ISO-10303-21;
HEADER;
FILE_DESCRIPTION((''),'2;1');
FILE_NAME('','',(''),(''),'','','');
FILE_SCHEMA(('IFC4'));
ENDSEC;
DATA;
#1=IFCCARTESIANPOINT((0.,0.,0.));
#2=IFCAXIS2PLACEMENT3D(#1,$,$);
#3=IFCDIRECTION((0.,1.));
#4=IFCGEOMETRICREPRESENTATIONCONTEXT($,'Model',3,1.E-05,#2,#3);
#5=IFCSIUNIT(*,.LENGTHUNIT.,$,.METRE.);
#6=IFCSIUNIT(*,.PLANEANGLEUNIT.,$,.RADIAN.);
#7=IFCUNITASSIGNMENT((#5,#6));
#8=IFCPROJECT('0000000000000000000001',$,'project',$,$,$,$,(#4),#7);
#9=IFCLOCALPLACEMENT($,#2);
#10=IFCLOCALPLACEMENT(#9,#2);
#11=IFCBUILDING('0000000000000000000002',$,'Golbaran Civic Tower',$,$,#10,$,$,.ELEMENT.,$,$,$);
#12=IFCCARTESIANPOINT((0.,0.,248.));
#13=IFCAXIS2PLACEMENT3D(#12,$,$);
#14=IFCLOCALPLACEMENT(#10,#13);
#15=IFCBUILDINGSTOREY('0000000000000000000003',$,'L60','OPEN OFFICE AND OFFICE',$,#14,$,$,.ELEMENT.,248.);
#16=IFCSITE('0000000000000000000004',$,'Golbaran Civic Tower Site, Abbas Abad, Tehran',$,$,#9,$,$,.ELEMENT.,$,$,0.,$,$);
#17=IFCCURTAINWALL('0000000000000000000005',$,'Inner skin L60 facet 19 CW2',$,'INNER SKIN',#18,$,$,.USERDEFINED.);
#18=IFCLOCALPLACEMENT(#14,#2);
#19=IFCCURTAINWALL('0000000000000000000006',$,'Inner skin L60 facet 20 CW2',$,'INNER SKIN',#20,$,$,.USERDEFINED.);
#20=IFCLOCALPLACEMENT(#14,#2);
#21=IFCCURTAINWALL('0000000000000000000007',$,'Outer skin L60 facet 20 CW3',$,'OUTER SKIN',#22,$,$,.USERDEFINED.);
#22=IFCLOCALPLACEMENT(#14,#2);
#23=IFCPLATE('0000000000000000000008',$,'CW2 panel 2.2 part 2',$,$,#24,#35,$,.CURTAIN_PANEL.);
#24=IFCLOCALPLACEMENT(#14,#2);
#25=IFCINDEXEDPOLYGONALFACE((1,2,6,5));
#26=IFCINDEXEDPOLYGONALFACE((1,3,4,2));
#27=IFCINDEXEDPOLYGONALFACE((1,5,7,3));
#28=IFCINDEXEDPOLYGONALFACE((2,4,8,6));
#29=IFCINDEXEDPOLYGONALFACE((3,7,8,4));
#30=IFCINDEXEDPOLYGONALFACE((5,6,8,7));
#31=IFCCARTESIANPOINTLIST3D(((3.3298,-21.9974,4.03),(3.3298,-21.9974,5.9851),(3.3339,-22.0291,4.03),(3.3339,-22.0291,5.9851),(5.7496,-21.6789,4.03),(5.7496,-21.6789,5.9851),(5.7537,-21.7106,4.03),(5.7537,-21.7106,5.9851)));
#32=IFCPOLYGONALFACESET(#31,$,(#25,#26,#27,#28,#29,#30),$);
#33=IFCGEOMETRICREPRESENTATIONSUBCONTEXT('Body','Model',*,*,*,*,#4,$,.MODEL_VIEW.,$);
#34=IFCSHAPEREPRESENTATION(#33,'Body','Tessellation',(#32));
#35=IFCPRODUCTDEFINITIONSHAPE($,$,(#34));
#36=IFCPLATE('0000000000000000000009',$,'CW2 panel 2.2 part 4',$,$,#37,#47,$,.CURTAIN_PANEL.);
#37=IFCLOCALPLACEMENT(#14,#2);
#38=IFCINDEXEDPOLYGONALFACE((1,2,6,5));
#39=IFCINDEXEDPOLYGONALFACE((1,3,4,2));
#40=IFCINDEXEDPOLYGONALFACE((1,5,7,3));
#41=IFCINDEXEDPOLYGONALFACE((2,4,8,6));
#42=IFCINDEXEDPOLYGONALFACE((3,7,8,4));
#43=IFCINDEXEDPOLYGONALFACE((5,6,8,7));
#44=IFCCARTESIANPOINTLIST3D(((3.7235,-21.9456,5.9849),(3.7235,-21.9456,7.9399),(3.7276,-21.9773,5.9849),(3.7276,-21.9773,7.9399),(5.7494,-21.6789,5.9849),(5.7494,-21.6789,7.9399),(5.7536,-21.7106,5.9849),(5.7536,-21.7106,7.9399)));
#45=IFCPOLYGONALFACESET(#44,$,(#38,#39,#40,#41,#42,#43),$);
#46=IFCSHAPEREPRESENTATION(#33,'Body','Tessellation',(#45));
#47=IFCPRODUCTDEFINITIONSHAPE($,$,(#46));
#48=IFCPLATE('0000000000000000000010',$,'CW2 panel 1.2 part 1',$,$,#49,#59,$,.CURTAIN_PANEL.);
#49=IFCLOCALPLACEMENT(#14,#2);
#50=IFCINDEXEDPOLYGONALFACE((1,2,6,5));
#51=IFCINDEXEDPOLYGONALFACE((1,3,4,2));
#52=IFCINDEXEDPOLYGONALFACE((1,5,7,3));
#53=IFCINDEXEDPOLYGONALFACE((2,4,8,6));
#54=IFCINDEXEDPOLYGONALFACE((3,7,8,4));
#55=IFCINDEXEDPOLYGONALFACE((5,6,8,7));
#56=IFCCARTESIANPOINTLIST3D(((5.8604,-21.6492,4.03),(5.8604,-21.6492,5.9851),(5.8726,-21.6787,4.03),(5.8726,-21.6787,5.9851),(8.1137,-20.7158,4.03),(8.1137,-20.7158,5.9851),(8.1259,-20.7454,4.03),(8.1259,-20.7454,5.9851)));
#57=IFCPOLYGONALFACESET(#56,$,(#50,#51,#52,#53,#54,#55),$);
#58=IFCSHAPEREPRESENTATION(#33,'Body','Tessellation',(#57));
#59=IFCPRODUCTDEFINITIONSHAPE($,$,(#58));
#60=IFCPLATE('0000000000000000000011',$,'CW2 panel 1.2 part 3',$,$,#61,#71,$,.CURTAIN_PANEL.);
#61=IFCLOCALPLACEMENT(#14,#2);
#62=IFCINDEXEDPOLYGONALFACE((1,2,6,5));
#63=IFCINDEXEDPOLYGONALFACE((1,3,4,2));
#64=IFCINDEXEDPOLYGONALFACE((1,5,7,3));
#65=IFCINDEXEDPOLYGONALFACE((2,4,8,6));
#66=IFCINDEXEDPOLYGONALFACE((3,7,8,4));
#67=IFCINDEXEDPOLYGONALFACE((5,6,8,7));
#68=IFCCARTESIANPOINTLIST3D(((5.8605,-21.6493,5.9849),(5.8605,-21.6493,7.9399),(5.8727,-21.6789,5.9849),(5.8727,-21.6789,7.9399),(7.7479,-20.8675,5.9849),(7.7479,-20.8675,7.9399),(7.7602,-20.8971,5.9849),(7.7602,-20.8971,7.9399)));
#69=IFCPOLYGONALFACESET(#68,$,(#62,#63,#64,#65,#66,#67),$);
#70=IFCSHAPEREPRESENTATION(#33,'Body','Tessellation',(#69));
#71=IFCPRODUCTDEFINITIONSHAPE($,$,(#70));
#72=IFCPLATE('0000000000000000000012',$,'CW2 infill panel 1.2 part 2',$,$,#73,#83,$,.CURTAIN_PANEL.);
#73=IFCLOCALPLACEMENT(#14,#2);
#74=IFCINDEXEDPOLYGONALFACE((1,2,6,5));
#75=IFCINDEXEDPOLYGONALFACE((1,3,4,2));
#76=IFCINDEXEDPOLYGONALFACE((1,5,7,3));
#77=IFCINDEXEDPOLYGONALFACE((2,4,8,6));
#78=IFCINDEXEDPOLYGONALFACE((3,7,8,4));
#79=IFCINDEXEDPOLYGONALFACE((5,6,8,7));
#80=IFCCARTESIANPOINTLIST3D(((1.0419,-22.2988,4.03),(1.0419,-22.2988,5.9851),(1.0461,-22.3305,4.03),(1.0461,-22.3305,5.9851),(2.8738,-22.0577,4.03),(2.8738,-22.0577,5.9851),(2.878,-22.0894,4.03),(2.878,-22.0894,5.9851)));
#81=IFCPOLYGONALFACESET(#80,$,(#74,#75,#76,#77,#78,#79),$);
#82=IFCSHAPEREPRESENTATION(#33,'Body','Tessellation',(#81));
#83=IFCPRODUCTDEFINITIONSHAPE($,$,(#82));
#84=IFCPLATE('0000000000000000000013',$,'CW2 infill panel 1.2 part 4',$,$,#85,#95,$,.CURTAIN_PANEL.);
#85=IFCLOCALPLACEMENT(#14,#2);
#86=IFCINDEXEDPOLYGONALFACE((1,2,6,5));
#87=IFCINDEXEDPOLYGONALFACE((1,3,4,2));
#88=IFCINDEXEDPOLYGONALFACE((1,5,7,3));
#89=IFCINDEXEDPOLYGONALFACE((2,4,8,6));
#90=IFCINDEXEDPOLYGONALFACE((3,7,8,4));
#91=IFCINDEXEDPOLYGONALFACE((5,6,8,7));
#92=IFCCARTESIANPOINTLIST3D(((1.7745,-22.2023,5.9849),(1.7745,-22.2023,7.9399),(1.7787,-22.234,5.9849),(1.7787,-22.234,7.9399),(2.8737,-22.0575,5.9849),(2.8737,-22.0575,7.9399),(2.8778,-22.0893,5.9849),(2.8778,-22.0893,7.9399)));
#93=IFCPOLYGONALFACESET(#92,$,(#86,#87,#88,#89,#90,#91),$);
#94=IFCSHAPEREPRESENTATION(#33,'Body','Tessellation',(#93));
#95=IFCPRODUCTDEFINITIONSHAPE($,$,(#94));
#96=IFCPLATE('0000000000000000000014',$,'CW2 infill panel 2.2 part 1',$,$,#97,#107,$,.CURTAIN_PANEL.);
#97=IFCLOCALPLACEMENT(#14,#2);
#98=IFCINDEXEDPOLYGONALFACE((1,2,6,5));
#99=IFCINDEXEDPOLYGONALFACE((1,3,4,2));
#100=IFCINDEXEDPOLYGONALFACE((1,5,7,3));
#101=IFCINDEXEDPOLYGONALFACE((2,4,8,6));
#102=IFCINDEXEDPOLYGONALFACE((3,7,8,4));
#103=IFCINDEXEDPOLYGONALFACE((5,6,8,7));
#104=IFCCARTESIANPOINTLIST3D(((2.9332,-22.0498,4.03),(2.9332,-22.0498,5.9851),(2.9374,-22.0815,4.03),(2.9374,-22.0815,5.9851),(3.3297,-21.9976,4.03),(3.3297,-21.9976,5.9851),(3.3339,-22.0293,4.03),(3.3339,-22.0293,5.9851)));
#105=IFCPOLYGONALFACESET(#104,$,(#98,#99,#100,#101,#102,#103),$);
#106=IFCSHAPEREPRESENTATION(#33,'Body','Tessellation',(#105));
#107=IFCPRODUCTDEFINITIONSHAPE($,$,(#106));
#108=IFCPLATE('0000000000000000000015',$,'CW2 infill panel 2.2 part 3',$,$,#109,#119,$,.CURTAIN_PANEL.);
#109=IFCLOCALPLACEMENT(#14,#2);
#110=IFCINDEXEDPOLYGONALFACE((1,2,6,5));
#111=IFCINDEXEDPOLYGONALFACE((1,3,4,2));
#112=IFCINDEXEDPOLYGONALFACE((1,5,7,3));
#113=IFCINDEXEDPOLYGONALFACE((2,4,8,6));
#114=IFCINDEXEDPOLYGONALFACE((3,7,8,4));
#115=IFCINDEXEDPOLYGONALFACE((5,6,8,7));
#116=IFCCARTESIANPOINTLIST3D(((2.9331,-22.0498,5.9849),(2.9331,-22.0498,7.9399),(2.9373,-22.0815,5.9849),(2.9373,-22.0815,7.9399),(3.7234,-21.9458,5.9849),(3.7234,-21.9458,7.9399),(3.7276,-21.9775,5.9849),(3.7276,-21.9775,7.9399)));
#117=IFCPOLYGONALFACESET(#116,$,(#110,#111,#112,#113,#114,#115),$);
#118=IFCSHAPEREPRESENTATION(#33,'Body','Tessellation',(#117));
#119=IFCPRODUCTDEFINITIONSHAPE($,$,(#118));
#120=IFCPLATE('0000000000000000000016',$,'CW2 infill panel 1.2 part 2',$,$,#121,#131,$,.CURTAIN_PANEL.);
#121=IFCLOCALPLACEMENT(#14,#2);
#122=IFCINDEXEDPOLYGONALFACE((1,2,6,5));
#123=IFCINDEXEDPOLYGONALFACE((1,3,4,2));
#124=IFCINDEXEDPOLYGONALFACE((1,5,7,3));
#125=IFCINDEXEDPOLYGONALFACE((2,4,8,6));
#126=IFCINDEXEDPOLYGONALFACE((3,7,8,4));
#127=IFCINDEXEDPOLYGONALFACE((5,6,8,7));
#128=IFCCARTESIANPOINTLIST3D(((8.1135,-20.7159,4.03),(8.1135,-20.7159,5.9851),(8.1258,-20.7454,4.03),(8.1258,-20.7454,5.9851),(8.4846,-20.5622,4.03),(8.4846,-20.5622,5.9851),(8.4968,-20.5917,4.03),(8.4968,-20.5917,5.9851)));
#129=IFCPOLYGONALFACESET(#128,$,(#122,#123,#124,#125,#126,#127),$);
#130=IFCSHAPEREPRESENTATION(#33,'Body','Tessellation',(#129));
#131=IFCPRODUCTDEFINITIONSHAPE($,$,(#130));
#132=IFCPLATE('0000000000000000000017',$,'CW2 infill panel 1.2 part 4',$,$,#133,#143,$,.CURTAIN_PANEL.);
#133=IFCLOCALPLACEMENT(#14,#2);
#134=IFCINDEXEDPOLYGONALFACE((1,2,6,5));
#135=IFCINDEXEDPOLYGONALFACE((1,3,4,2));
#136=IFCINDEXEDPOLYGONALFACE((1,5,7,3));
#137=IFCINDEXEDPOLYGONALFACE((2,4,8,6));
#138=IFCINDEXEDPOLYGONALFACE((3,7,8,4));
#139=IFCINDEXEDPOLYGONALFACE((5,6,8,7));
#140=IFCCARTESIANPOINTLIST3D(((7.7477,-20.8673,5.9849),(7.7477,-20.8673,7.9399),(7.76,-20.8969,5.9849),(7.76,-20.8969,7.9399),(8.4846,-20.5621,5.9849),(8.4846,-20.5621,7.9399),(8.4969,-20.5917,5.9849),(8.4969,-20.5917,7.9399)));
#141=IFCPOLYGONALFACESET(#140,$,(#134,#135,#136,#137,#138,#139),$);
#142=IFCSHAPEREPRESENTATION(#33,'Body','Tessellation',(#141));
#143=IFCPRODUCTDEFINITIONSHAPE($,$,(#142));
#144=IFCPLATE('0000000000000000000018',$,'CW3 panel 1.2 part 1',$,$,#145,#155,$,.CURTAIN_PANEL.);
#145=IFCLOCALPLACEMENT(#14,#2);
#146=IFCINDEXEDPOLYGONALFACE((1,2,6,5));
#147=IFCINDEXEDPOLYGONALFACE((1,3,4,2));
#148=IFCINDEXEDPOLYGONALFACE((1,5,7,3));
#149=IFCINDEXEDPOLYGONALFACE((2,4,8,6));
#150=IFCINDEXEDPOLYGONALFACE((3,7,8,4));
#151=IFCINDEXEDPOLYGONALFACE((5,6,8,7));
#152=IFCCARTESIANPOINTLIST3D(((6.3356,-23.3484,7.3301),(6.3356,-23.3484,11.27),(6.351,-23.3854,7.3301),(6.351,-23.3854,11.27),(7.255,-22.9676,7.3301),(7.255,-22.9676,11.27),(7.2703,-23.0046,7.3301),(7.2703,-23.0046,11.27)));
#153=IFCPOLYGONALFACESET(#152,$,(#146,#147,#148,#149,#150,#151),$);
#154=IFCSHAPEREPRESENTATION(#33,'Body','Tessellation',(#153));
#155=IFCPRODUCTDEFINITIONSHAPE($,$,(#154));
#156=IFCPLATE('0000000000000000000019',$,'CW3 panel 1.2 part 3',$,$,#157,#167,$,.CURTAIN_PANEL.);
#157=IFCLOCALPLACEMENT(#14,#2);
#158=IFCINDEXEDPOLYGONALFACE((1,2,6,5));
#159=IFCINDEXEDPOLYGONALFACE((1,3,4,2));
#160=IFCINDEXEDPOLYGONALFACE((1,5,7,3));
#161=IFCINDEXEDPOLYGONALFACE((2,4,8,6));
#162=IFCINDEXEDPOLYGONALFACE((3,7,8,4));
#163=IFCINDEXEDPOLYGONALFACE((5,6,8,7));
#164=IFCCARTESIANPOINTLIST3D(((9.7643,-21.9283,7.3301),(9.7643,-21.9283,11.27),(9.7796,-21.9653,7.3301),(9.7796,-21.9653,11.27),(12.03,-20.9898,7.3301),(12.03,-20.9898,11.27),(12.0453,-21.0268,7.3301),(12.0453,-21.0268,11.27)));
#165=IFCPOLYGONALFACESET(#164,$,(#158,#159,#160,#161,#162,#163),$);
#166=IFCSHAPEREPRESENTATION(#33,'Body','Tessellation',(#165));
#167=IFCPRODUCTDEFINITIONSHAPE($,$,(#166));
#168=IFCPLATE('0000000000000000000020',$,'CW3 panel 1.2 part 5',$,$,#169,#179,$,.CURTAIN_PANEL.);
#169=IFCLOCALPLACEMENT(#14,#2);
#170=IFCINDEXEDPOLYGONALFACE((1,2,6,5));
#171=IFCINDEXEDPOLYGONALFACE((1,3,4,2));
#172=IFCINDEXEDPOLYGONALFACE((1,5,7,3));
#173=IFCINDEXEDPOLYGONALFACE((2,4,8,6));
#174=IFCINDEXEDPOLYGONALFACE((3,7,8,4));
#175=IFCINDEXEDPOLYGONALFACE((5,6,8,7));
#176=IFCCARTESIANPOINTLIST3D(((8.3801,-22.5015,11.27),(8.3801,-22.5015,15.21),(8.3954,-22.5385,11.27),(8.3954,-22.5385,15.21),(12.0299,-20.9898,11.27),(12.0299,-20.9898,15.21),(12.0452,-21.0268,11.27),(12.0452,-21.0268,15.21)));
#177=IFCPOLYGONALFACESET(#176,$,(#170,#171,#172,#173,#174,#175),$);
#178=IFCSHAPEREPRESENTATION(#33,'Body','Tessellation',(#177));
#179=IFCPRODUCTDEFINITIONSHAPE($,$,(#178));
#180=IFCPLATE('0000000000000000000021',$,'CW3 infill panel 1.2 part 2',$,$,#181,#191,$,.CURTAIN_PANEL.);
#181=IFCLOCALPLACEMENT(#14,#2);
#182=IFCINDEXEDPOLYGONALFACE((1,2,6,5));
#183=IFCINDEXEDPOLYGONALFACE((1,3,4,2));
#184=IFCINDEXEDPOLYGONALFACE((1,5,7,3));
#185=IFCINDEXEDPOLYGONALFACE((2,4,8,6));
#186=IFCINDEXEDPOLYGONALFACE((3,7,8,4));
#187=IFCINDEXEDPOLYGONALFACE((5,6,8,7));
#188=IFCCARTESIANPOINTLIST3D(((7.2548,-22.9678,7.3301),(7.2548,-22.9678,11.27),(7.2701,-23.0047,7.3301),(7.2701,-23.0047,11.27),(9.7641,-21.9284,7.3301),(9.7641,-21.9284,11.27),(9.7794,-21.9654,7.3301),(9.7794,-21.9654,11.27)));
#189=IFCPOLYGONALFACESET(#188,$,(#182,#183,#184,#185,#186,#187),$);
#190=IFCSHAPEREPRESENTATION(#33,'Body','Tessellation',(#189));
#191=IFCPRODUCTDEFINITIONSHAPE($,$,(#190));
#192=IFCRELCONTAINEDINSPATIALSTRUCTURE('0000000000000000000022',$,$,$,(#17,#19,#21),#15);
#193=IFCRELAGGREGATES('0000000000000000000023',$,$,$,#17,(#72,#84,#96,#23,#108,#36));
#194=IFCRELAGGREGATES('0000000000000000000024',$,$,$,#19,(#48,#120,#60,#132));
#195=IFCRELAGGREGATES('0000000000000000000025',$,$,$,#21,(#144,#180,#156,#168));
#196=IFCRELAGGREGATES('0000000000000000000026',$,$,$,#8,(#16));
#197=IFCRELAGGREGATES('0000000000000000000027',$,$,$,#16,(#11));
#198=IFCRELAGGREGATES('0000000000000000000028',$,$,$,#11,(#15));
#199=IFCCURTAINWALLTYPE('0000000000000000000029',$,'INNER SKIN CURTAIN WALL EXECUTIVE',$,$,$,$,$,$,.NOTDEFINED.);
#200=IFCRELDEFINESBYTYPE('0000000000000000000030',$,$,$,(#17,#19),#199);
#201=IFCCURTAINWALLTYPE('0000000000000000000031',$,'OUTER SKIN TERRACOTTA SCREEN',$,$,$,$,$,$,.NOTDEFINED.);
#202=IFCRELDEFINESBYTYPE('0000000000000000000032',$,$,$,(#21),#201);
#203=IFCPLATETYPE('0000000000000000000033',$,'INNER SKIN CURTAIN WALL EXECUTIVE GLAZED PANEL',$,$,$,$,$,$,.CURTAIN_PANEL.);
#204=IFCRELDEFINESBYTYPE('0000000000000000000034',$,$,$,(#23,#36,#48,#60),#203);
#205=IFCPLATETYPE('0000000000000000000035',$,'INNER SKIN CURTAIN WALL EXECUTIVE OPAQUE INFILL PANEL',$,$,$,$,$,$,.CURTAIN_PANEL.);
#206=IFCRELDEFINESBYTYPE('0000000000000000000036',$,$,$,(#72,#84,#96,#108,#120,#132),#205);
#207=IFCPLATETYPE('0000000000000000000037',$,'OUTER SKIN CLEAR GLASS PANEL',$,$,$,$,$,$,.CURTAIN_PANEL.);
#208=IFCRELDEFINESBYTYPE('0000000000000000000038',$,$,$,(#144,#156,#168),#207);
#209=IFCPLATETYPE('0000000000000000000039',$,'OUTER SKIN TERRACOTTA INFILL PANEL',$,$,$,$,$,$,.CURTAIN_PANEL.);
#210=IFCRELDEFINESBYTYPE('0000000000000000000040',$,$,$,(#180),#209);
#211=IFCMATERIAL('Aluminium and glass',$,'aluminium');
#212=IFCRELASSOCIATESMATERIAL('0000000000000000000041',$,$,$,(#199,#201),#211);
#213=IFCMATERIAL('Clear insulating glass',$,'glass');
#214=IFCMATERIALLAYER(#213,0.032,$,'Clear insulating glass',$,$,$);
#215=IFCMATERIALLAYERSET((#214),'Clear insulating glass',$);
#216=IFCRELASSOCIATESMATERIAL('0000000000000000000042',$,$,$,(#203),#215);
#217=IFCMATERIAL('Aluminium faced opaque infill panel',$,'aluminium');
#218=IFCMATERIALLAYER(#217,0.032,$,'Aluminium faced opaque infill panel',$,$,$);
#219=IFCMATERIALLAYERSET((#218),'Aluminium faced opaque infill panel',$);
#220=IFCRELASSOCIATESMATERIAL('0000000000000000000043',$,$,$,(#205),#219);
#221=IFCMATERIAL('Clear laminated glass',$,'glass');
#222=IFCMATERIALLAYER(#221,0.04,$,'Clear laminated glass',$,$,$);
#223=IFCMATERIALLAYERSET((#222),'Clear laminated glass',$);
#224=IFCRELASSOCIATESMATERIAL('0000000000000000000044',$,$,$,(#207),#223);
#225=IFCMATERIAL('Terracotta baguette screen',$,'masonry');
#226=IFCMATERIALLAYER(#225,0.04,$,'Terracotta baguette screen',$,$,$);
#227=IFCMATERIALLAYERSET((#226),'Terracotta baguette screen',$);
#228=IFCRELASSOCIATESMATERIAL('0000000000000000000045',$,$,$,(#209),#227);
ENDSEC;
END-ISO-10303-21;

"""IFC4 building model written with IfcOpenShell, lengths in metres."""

from ifc_helpers import new_model, si_unit, direction, frame, origin, origin_2d, place, context, subcontext, project, spatial, rectangle, extrude, material, layer, layer_set, type_object, element, aggregate, save


model = new_model("IFC4")

# Units and contexts
model_context = context("Model", 3, precision=1e-05, world=origin(), true_north=direction((0.0, 1.0)))
body_context = subcontext(model_context, "Body", "Model", "MODEL_VIEW")
ifc_project = project(units=[si_unit("LENGTHUNIT", "METRE"), si_unit("PLANEANGLEUNIT", "RADIAN")], contexts=[model_context])

# Site, building, storey
site_placement = place(None, origin())
site = spatial("IfcSite", under=ifc_project, at=site_placement, Name="Golbaran Civic Tower Site, Abbas Abad, Tehran", CompositionType="ELEMENT", RefElevation=0.0)
building_placement = place(site_placement, origin())
building = spatial("IfcBuilding", under=site, at=building_placement, Name="Golbaran Civic Tower", CompositionType="ELEMENT")
storey_placement = place(building_placement, frame((0.0, 0.0, 248.0)))
storey = spatial("IfcBuildingStorey", under=building, at=storey_placement, Name="L60", Description="OPEN OFFICE AND OFFICE", CompositionType="ELEMENT", Elevation=248.0)

# Curtain walls
ifc_material_1 = material(Name="Aluminium and glass", Category="aluminium")
curtain_wall_type_1 = type_object("IfcCurtainWallType", Name="INNER SKIN CURTAIN WALL EXECUTIVE", PredefinedType="NOTDEFINED", material=ifc_material_1)
curtain_wall_1_placement = place(storey_placement, origin())
curtain_wall_1 = element("IfcCurtainWall", 1, at=curtain_wall_1_placement, inside=storey, type_object=curtain_wall_type_1, Name="Inner skin L60 facet 19 CW2", ObjectType="INNER SKIN", PredefinedType="USERDEFINED")
curtain_wall_2_placement = place(storey_placement, origin())
curtain_wall_2 = element("IfcCurtainWall", 2, at=curtain_wall_2_placement, inside=storey, type_object=curtain_wall_type_1, Name="Inner skin L60 facet 20 CW2", ObjectType="INNER SKIN", PredefinedType="USERDEFINED")
curtain_wall_type_2 = type_object("IfcCurtainWallType", Name="OUTER SKIN TERRACOTTA SCREEN", PredefinedType="NOTDEFINED", material=ifc_material_1)
curtain_wall_3_placement = place(storey_placement, origin())
curtain_wall_3 = element("IfcCurtainWall", 3, at=curtain_wall_3_placement, inside=storey, type_object=curtain_wall_type_2, Name="Outer skin L60 facet 20 CW3", ObjectType="OUTER SKIN", PredefinedType="USERDEFINED")

# Plates
ifc_material_2 = material(Name="Clear insulating glass", Category="glass")
ifc_layer_1 = layer(ifc_material_2, 0.032, Name="Clear insulating glass")
ifc_layer_set_1 = layer_set([ifc_layer_1], Name="Clear insulating glass")
plate_type_1 = type_object("IfcPlateType", Name="INNER SKIN CURTAIN WALL EXECUTIVE GLAZED PANEL", PredefinedType="CURTAIN_PANEL", material=ifc_layer_set_1)
plate_1_placement = place(storey_placement, frame((4.5417, -21.854, 4.03), z_axis=(0.0, 0.0, 1.0), x_axis=(0.991445, 0.130526, 0.0)))
plate_1 = element("IfcPlate", 4, at=plate_1_placement, type_object=plate_type_1, Name="CW2 panel 2.2 part 2", PredefinedType="CURTAIN_PANEL", context=body_context, shape_type="SweptSolid", body=[
    extrude(rectangle(XDim=2.4407, YDim=0.032, at=origin_2d()), origin(), (0.0, 0.0, 1.0), 1.9551),
])
plate_2_placement = place(storey_placement, frame((4.7385, -21.8281, 5.9849), z_axis=(0.0, 0.0, 1.0), x_axis=(0.991445, 0.130526, 0.0)))
plate_2 = element("IfcPlate", 5, at=plate_2_placement, type_object=plate_type_1, Name="CW2 panel 2.2 part 4", PredefinedType="CURTAIN_PANEL", context=body_context, shape_type="SweptSolid", body=[
    extrude(rectangle(XDim=2.0435, YDim=0.032, at=origin_2d()), origin(), (0.0, 0.0, 1.0), 1.9551),
])
plate_3_placement = place(storey_placement, frame((6.9932, -21.1973, 4.03), z_axis=(0.0, 0.0, 1.0), x_axis=(0.92388, 0.382683, 0.0)))
plate_3 = element("IfcPlate", 6, at=plate_3_placement, type_object=plate_type_1, Name="CW2 panel 1.2 part 1", PredefinedType="CURTAIN_PANEL", context=body_context, shape_type="SweptSolid", body=[
    extrude(rectangle(XDim=2.439, YDim=0.032, at=origin_2d()), origin(), (0.0, 0.0, 1.0), 1.9551),
])
plate_4_placement = place(storey_placement, frame((6.8103, -21.2732, 5.9849), z_axis=(0.0, 0.0, 1.0), x_axis=(0.92388, 0.382683, 0.0)))
plate_4 = element("IfcPlate", 7, at=plate_4_placement, type_object=plate_type_1, Name="CW2 panel 1.2 part 3", PredefinedType="CURTAIN_PANEL", context=body_context, shape_type="SweptSolid", body=[
    extrude(rectangle(XDim=2.043, YDim=0.032, at=origin_2d()), origin(), (0.0, 0.0, 1.0), 1.9551),
])
ifc_material_3 = material(Name="Aluminium faced opaque infill panel", Category="aluminium")
ifc_layer_2 = layer(ifc_material_3, 0.032, Name="Aluminium faced opaque infill panel")
ifc_layer_set_2 = layer_set([ifc_layer_2], Name="Aluminium faced opaque infill panel")
plate_type_2 = type_object("IfcPlateType", Name="INNER SKIN CURTAIN WALL EXECUTIVE OPAQUE INFILL PANEL", PredefinedType="CURTAIN_PANEL", material=ifc_layer_set_2)
plate_5_placement = place(storey_placement, frame((1.96, -22.1941, 4.03), z_axis=(0.0, 0.0, 1.0), x_axis=(0.991445, 0.130526, 0.0)))
plate_5 = element("IfcPlate", 8, at=plate_5_placement, type_object=plate_type_2, Name="CW2 infill panel 1.2 part 2", PredefinedType="CURTAIN_PANEL", context=body_context, shape_type="SweptSolid", body=[
    extrude(rectangle(XDim=1.8477, YDim=0.032, at=origin_2d()), origin(), (0.0, 0.0, 1.0), 1.9551),
])
plate_6_placement = place(storey_placement, frame((2.3262, -22.1458, 5.9849), z_axis=(0.0, 0.0, 1.0), x_axis=(0.991445, 0.130526, 0.0)))
plate_6 = element("IfcPlate", 9, at=plate_6_placement, type_object=plate_type_2, Name="CW2 infill panel 1.2 part 4", PredefinedType="CURTAIN_PANEL", context=body_context, shape_type="SweptSolid", body=[
    extrude(rectangle(XDim=1.1086, YDim=0.032, at=origin_2d()), origin(), (0.0, 0.0, 1.0), 1.9551),
])
plate_7_placement = place(storey_placement, frame((3.1335, -22.0396, 4.03), z_axis=(0.0, 0.0, 1.0), x_axis=(0.991445, 0.130526, 0.0)))
plate_7 = element("IfcPlate", 10, at=plate_7_placement, type_object=plate_type_2, Name="CW2 infill panel 2.2 part 1", PredefinedType="CURTAIN_PANEL", context=body_context, shape_type="SweptSolid", body=[
    extrude(rectangle(XDim=0.3999, YDim=0.032, at=origin_2d()), origin(), (0.0, 0.0, 1.0), 1.9551),
])
plate_8_placement = place(storey_placement, frame((3.3303, -22.0137, 5.9849), z_axis=(0.0, 0.0, 1.0), x_axis=(0.991445, 0.130526, 0.0)))
plate_8 = element("IfcPlate", 11, at=plate_8_placement, type_object=plate_type_2, Name="CW2 infill panel 2.2 part 3", PredefinedType="CURTAIN_PANEL", context=body_context, shape_type="SweptSolid", body=[
    extrude(rectangle(XDim=0.7971, YDim=0.032, at=origin_2d()), origin(), (0.0, 0.0, 1.0), 1.9551),
])
aggregate(curtain_wall_1, [plate_5, plate_6, plate_7, plate_1, plate_8, plate_2])
plate_9_placement = place(storey_placement, frame((8.3052, -20.6538, 4.03), z_axis=(0.0, 0.0, 1.0), x_axis=(0.92388, 0.382683, 0.0)))
plate_9 = element("IfcPlate", 12, at=plate_9_placement, type_object=plate_type_2, Name="CW2 infill panel 1.2 part 2", PredefinedType="CURTAIN_PANEL", context=body_context, shape_type="SweptSolid", body=[
    extrude(rectangle(XDim=0.4016, YDim=0.032, at=origin_2d()), origin(), (0.0, 0.0, 1.0), 1.9551),
])
plate_10_placement = place(storey_placement, frame((8.1223, -20.7295, 5.9849), z_axis=(0.0, 0.0, 1.0), x_axis=(0.92388, 0.382683, 0.0)))
plate_10 = element("IfcPlate", 13, at=plate_10_placement, type_object=plate_type_2, Name="CW2 infill panel 1.2 part 4", PredefinedType="CURTAIN_PANEL", context=body_context, shape_type="SweptSolid", body=[
    extrude(rectangle(XDim=0.7976, YDim=0.032, at=origin_2d()), origin(), (0.0, 0.0, 1.0), 1.9551),
])
aggregate(curtain_wall_2, [plate_3, plate_9, plate_4, plate_10])
ifc_material_4 = material(Name="Clear laminated glass", Category="glass")
ifc_layer_3 = layer(ifc_material_4, 0.04, Name="Clear laminated glass")
ifc_layer_set_3 = layer_set([ifc_layer_3], Name="Clear laminated glass")
plate_type_3 = type_object("IfcPlateType", Name="OUTER SKIN CLEAR GLASS PANEL", PredefinedType="CURTAIN_PANEL", material=ifc_layer_set_3)
plate_11_placement = place(storey_placement, frame((6.803, -23.1765, 7.3301), z_axis=(0.0, 0.0, 1.0), x_axis=(0.92388, 0.382683, 0.0)))
plate_11 = element("IfcPlate", 14, at=plate_11_placement, type_object=plate_type_3, Name="CW3 panel 1.2 part 1", PredefinedType="CURTAIN_PANEL", context=body_context, shape_type="SweptSolid", body=[
    extrude(rectangle(XDim=0.9951, YDim=0.04, at=origin_2d()), origin(), (0.0, 0.0, 1.0), 3.9399),
])
plate_12_placement = place(storey_placement, frame((10.9048, -21.4775, 7.3301), z_axis=(0.0, 0.0, 1.0), x_axis=(0.92388, 0.382683, 0.0)))
plate_12 = element("IfcPlate", 15, at=plate_12_placement, type_object=plate_type_3, Name="CW3 panel 1.2 part 3", PredefinedType="CURTAIN_PANEL", context=body_context, shape_type="SweptSolid", body=[
    extrude(rectangle(XDim=2.4524, YDim=0.04, at=origin_2d()), origin(), (0.0, 0.0, 1.0), 3.9399),
])
plate_13_placement = place(storey_placement, frame((10.2126, -21.7642, 11.27), z_axis=(0.0, 0.0, 1.0), x_axis=(0.92388, 0.382683, 0.0)))
plate_13 = element("IfcPlate", 16, at=plate_13_placement, type_object=plate_type_3, Name="CW3 panel 1.2 part 5", PredefinedType="CURTAIN_PANEL", context=body_context, shape_type="SweptSolid", body=[
    extrude(rectangle(XDim=3.9504, YDim=0.04, at=origin_2d()), origin(), (0.0, 0.0, 1.0), 3.9399),
])
ifc_material_5 = material(Name="Terracotta baguette screen", Category="masonry")
ifc_layer_4 = layer(ifc_material_5, 0.04, Name="Terracotta baguette screen")
ifc_layer_set_4 = layer_set([ifc_layer_4], Name="Terracotta baguette screen")
plate_type_4 = type_object("IfcPlateType", Name="OUTER SKIN TERRACOTTA INFILL PANEL", PredefinedType="CURTAIN_PANEL", material=ifc_layer_set_4)
plate_14_placement = place(storey_placement, frame((8.5171, -22.4666, 7.3301), z_axis=(0.0, 0.0, 1.0), x_axis=(0.92388, 0.382683, 0.0)))
plate_14 = element("IfcPlate", 17, at=plate_14_placement, type_object=plate_type_4, Name="CW3 infill panel 1.2 part 2", PredefinedType="CURTAIN_PANEL", context=body_context, shape_type="SweptSolid", body=[
    extrude(rectangle(XDim=2.7161, YDim=0.04, at=origin_2d()), origin(), (0.0, 0.0, 1.0), 3.9399),
])
aggregate(curtain_wall_3, [plate_11, plate_14, plate_12, plate_13])

save(model, "model.ifc")
